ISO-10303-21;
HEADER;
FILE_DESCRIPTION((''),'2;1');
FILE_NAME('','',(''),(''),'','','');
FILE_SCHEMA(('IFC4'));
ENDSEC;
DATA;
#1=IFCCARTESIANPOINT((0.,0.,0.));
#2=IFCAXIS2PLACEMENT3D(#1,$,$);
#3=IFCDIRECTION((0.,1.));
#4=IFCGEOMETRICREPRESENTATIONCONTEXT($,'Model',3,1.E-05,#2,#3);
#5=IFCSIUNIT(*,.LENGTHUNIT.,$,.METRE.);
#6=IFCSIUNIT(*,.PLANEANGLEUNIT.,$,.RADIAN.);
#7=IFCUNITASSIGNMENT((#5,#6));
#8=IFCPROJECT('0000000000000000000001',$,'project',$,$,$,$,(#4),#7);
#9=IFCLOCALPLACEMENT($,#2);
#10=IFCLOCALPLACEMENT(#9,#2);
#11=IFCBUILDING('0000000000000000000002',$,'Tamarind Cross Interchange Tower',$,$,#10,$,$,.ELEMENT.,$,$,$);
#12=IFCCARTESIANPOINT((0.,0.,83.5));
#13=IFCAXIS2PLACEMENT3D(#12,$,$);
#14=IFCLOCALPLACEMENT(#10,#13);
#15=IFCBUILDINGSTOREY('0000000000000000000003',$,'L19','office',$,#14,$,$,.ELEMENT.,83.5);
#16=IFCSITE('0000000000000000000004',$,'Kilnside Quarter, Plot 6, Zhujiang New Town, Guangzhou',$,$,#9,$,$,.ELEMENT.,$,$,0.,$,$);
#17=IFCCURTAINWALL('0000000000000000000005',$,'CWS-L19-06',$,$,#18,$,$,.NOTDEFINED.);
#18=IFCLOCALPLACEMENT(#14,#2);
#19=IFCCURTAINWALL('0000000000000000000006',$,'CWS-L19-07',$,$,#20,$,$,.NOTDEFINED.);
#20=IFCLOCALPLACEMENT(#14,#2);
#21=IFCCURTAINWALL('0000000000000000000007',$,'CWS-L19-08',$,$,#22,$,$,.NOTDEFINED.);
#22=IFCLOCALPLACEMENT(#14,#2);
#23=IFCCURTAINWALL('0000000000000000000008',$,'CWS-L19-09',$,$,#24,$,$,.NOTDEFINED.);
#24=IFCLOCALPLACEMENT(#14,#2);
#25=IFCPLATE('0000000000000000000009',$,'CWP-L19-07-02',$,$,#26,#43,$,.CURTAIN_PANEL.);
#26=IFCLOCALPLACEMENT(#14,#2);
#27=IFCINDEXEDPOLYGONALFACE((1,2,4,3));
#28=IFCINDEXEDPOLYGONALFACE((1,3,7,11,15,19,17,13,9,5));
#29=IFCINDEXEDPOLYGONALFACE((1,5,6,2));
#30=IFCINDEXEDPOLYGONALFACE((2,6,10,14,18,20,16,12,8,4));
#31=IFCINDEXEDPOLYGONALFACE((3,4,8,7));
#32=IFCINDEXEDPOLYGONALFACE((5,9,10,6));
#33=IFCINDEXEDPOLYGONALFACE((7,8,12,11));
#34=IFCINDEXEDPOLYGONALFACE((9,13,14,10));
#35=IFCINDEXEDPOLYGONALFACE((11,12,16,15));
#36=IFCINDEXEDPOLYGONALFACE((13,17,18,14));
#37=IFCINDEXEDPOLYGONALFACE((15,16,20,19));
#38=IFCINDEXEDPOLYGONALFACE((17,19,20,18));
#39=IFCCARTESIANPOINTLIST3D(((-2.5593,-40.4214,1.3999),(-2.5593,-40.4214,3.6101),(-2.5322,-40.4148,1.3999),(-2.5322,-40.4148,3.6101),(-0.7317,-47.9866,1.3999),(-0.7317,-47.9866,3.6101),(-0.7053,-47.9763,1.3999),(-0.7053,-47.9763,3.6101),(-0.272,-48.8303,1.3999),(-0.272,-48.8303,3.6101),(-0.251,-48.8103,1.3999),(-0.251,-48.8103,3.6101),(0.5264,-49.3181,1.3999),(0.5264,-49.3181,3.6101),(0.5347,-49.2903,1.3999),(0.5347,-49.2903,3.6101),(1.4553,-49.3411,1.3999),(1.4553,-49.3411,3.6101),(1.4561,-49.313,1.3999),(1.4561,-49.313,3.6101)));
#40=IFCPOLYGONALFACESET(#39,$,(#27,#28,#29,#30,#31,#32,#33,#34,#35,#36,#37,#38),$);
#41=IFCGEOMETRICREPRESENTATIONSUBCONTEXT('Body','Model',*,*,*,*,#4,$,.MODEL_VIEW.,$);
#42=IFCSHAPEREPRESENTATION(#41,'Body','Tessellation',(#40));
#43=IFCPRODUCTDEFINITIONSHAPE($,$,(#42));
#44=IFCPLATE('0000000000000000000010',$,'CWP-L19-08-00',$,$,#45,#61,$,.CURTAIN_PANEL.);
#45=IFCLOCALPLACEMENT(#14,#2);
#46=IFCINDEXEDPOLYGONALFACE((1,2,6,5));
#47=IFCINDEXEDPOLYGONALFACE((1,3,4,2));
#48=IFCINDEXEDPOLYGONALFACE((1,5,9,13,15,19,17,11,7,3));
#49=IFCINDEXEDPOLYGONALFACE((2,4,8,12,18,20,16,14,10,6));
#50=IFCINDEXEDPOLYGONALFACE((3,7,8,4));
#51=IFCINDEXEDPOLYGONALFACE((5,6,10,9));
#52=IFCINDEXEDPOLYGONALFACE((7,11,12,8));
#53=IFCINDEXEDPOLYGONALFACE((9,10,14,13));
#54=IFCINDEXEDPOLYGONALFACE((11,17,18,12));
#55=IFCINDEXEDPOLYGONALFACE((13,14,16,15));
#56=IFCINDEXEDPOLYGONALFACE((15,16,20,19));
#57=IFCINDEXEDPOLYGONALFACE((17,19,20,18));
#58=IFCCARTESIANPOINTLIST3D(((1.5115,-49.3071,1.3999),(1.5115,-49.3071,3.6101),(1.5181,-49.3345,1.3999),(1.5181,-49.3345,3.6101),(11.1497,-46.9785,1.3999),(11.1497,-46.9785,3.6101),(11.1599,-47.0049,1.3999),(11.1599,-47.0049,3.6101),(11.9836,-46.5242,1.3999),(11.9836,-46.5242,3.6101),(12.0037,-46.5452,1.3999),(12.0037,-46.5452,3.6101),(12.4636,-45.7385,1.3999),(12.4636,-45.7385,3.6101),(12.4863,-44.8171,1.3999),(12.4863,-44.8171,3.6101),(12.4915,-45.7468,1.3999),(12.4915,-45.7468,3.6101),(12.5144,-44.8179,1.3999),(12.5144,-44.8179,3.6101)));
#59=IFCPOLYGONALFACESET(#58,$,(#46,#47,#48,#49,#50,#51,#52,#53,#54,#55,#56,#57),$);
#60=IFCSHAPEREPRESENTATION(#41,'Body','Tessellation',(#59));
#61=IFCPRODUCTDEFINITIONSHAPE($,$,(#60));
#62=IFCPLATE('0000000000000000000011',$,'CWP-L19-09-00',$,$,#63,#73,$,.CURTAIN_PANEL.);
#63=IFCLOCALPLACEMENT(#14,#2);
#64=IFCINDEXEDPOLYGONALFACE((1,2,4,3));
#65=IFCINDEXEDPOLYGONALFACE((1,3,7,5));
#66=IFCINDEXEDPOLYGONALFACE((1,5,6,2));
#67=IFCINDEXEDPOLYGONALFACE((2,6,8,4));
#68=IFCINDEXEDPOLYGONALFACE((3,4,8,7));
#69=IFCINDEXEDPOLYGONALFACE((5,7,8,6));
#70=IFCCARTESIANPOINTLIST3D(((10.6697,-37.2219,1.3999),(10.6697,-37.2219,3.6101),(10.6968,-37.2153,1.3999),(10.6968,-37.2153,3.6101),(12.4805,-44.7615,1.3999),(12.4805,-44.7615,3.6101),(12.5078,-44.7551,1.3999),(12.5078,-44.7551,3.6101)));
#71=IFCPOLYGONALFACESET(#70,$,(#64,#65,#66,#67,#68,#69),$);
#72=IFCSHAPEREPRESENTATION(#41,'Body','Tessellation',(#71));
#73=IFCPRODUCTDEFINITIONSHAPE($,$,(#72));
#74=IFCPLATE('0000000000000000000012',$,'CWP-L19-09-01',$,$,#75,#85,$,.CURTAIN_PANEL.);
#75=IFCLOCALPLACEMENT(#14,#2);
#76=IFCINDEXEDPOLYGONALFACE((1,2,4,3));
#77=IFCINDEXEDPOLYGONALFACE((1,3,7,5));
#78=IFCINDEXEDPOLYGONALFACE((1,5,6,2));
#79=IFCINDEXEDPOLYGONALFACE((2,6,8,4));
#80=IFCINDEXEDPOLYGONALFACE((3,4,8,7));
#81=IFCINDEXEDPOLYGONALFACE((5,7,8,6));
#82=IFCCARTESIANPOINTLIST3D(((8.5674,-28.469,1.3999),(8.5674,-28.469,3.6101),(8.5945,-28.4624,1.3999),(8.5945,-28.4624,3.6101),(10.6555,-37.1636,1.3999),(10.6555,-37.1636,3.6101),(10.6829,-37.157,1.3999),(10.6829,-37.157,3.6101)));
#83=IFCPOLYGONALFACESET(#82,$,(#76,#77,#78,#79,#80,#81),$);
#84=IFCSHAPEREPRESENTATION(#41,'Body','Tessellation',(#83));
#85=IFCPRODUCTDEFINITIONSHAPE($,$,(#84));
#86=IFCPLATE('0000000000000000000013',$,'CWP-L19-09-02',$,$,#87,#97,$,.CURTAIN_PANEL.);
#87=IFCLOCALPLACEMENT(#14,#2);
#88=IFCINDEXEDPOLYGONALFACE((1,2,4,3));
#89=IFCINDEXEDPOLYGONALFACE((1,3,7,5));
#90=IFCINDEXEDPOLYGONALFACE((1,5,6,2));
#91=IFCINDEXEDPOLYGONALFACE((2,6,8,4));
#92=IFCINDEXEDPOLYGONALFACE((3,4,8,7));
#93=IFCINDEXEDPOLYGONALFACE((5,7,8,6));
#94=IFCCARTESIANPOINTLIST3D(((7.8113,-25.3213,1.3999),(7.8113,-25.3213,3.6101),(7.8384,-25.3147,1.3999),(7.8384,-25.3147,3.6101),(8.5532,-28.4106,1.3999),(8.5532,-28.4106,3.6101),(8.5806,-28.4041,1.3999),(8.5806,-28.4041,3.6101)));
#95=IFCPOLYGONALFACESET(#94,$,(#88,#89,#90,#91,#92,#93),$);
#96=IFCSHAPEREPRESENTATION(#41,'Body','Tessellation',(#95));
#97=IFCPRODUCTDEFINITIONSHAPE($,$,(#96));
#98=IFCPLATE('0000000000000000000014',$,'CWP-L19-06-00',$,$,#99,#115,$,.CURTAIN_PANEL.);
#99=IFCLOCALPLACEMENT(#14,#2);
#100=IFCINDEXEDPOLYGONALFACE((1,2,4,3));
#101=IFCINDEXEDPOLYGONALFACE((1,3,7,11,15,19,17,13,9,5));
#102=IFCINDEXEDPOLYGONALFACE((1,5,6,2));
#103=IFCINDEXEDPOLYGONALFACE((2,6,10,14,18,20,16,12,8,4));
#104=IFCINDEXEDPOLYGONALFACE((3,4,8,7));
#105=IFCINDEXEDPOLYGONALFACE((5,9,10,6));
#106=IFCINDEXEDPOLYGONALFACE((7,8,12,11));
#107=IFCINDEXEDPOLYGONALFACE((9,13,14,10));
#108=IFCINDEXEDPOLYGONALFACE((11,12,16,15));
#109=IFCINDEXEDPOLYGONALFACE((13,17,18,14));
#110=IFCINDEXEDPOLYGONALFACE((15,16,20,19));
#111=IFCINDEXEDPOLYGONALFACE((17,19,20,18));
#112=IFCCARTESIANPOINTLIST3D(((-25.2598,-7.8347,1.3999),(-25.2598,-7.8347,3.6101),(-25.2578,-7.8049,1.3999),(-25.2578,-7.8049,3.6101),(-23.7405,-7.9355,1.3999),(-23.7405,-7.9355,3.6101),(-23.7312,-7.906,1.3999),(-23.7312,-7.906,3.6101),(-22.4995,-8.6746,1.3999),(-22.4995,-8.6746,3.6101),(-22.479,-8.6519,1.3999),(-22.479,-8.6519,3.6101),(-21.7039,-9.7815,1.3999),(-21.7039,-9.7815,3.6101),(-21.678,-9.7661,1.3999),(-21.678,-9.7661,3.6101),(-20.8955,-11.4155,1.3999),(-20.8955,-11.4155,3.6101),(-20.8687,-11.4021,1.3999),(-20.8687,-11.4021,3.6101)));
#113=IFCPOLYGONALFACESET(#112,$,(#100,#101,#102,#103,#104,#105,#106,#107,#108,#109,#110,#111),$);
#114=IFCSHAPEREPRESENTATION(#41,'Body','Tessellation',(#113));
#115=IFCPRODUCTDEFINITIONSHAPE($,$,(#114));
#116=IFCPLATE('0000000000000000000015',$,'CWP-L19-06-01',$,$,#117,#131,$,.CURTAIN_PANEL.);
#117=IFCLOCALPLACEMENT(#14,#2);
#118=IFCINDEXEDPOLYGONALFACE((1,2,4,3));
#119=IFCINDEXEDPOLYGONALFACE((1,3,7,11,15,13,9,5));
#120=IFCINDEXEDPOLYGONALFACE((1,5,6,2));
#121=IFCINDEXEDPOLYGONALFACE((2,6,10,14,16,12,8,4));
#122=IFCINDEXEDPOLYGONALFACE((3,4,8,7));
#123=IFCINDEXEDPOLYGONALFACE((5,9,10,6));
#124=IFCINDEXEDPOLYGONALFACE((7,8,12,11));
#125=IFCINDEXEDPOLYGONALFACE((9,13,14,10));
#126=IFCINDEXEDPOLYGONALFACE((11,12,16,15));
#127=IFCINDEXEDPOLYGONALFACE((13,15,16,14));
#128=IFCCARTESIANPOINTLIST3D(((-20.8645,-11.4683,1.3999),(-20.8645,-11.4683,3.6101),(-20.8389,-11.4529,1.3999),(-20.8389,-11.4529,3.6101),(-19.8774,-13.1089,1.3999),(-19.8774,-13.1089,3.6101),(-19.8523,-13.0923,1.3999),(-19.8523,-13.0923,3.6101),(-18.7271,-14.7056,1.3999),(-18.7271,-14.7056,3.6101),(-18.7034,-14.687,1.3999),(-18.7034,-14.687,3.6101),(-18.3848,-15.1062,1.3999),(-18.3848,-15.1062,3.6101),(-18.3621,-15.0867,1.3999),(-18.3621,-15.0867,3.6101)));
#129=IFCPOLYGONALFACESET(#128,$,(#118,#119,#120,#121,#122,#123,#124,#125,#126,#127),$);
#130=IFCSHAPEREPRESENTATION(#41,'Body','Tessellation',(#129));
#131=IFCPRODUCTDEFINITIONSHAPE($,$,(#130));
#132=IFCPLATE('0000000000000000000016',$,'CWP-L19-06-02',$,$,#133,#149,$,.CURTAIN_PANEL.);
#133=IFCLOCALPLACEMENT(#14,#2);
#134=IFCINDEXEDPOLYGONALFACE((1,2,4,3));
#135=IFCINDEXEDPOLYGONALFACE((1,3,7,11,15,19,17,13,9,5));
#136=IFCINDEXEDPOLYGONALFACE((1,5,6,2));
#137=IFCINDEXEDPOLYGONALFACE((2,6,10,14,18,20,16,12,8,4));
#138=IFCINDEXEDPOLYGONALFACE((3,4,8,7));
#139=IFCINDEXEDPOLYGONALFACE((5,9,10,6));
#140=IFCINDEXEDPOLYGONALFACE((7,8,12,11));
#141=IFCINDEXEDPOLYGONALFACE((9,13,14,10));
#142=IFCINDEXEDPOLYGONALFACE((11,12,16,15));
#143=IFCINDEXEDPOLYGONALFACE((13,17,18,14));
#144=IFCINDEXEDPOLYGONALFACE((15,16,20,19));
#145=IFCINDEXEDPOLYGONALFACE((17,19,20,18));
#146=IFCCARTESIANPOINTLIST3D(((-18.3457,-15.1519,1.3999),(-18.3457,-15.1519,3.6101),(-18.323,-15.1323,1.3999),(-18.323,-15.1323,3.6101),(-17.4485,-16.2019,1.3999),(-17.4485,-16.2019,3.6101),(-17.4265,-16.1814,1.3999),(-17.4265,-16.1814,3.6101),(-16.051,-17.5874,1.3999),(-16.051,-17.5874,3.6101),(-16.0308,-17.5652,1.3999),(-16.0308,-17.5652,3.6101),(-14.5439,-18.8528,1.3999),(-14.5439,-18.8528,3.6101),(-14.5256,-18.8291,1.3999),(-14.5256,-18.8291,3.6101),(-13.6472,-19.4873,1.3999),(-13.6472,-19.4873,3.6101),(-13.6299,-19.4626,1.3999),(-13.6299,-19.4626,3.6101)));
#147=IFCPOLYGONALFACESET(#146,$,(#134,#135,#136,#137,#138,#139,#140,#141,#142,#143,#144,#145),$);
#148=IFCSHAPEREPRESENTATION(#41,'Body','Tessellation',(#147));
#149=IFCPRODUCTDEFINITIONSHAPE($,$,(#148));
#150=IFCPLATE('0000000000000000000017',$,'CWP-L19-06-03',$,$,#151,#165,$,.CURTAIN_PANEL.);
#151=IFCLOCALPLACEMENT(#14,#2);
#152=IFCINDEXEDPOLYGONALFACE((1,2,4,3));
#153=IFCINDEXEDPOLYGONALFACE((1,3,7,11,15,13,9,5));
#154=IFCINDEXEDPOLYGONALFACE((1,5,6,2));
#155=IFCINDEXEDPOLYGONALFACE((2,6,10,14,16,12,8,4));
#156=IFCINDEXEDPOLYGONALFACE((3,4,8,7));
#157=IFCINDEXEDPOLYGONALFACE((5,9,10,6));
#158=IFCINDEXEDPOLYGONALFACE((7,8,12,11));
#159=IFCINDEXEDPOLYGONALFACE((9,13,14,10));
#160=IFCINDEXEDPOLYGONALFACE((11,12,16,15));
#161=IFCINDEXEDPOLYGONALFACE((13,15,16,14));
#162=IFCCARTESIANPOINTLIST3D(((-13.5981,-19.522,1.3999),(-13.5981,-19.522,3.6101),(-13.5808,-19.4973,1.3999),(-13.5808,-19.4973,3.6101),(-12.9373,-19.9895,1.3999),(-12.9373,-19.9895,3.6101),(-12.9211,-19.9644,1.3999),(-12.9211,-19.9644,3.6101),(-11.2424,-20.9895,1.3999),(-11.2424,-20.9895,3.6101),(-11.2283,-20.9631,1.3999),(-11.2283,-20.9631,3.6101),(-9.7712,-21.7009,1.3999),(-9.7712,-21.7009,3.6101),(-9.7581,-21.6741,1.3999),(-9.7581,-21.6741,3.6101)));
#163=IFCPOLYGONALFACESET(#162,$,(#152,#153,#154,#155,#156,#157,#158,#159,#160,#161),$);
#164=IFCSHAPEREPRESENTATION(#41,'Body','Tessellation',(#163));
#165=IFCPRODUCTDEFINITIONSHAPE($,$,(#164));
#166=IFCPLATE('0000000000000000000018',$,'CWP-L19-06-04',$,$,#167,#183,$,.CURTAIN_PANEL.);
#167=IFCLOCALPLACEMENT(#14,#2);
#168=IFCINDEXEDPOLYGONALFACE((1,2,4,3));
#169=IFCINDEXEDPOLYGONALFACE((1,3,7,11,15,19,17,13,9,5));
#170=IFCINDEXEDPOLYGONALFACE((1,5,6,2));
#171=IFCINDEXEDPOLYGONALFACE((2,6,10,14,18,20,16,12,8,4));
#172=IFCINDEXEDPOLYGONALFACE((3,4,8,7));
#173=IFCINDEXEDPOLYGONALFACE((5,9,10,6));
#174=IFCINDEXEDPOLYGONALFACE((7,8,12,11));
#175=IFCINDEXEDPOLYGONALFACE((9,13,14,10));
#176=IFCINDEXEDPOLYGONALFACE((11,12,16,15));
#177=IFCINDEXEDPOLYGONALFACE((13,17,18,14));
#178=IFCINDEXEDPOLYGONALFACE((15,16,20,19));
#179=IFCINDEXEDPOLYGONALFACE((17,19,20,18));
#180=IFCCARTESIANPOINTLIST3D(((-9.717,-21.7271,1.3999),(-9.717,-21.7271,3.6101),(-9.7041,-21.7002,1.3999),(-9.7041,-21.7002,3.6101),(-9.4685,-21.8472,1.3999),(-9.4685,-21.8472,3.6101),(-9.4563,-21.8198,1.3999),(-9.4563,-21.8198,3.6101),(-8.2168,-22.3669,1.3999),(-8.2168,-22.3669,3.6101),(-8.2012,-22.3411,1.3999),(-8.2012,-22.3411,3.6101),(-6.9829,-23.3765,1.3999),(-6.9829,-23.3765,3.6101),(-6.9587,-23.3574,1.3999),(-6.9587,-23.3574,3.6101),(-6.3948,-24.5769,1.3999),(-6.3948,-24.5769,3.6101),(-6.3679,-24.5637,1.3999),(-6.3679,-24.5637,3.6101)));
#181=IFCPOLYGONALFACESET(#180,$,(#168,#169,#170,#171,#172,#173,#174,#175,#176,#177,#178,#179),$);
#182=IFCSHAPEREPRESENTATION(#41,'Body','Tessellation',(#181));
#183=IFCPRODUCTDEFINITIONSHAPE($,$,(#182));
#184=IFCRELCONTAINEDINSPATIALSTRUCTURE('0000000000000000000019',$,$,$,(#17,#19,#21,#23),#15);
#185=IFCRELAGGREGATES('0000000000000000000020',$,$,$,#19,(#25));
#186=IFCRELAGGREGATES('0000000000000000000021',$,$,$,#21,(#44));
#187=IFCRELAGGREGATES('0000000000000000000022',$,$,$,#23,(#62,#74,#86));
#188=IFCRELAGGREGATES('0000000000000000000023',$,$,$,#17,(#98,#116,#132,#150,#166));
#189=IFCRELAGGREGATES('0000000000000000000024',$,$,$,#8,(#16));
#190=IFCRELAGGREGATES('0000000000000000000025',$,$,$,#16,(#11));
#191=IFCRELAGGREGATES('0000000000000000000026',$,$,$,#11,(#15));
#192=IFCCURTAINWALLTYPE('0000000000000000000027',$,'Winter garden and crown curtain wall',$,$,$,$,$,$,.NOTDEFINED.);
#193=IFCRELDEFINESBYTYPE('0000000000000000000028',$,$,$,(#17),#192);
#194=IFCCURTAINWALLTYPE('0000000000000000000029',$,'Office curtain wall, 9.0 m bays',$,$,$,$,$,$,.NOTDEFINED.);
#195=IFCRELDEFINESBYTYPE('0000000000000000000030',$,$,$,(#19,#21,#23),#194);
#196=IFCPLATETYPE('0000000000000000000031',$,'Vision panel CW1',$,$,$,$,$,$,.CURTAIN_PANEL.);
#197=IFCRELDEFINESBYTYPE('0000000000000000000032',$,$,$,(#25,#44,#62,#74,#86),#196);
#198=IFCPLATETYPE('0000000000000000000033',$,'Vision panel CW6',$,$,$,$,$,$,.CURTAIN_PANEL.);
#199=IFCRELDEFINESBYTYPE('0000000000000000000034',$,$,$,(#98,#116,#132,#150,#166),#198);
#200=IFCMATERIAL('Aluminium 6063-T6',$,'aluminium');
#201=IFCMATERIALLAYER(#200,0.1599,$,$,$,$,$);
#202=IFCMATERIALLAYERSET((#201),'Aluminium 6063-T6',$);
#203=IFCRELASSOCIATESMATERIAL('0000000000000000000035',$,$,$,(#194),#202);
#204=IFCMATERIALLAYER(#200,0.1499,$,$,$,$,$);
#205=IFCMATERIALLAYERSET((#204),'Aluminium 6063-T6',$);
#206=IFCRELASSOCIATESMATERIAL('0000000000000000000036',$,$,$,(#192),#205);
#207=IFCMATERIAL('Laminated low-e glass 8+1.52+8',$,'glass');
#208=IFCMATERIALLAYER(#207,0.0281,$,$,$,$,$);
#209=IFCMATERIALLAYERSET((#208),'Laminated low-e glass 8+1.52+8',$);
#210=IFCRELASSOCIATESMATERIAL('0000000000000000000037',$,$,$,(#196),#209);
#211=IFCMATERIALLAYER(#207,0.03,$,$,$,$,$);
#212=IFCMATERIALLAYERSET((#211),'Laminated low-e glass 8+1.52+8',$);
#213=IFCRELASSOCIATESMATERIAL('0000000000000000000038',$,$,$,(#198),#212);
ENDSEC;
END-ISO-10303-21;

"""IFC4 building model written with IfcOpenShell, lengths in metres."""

from ifc_helpers import new_model, si_unit, direction, frame, origin, place, context, subcontext, project, spatial, polyline, outline, extrude, material, layer, layer_set, type_object, element, aggregate, save


model = new_model("IFC4")

# Units and contexts
model_context = context("Model", 3, precision=1e-05, world=origin(), true_north=direction((0.0, 1.0)))
body_context = subcontext(model_context, "Body", "Model", "MODEL_VIEW")
ifc_project = project(units=[si_unit("LENGTHUNIT", "METRE"), si_unit("PLANEANGLEUNIT", "RADIAN")], contexts=[model_context])

# Site, building, storey
site_placement = place(None, origin())
site = spatial("IfcSite", under=ifc_project, at=site_placement, Name="Kilnside Quarter, Plot 6, Zhujiang New Town, Guangzhou", CompositionType="ELEMENT", RefElevation=0.0)
building_placement = place(site_placement, origin())
building = spatial("IfcBuilding", under=site, at=building_placement, Name="Tamarind Cross Interchange Tower", CompositionType="ELEMENT")
storey_placement = place(building_placement, frame((0.0, 0.0, 83.5)))
storey = spatial("IfcBuildingStorey", under=building, at=storey_placement, Name="L19", Description="office", CompositionType="ELEMENT", Elevation=83.5)

# Curtain walls
ifc_material_1 = material(Name="Aluminium 6063-T6", Category="aluminium")
ifc_layer_1 = layer(ifc_material_1, 0.1599)
ifc_layer_set_1 = layer_set([ifc_layer_1], Name="Aluminium 6063-T6")
curtain_wall_type_1 = type_object("IfcCurtainWallType", Name="Office curtain wall, 9.0 m bays", PredefinedType="NOTDEFINED", material=ifc_layer_set_1)
ifc_layer_2 = layer(ifc_material_1, 0.1499)
ifc_layer_set_2 = layer_set([ifc_layer_2], Name="Aluminium 6063-T6")
curtain_wall_type_2 = type_object("IfcCurtainWallType", Name="Winter garden and crown curtain wall", PredefinedType="NOTDEFINED", material=ifc_layer_set_2)
curtain_wall_1_placement = place(storey_placement, origin())
curtain_wall_1 = element("IfcCurtainWall", 1, at=curtain_wall_1_placement, inside=storey, type_object=curtain_wall_type_2, Name="CWS-L19-06", PredefinedType="NOTDEFINED")
curtain_wall_2_placement = place(storey_placement, origin())
curtain_wall_2 = element("IfcCurtainWall", 2, at=curtain_wall_2_placement, inside=storey, type_object=curtain_wall_type_1, Name="CWS-L19-07", PredefinedType="NOTDEFINED")
curtain_wall_3_placement = place(storey_placement, origin())
curtain_wall_3 = element("IfcCurtainWall", 3, at=curtain_wall_3_placement, inside=storey, type_object=curtain_wall_type_1, Name="CWS-L19-08", PredefinedType="NOTDEFINED")
curtain_wall_4_placement = place(storey_placement, origin())
curtain_wall_4 = element("IfcCurtainWall", 4, at=curtain_wall_4_placement, inside=storey, type_object=curtain_wall_type_1, Name="CWS-L19-09", PredefinedType="NOTDEFINED")

# Plates
ifc_material_2 = material(Name="Laminated low-e glass 8+1.52+8", Category="glass")
ifc_layer_3 = layer(ifc_material_2, 0.0281)
ifc_layer_set_3 = layer_set([ifc_layer_3], Name="Laminated low-e glass 8+1.52+8")
plate_type_1 = type_object("IfcPlateType", Name="Vision panel CW1", PredefinedType="CURTAIN_PANEL", material=ifc_layer_set_3)
plate_1_placement = place(storey_placement, frame((0.0, 0.0, 1.3999)))
plate_1 = element("IfcPlate", 5, at=plate_1_placement, type_object=plate_type_1, Name="CWP-L19-07-02", PredefinedType="CURTAIN_PANEL", context=body_context, shape_type="SweptSolid", body=[
    extrude(outline(polyline([(-2.5322, -40.4148), (-0.7053, -47.9763), (-0.251, -48.8103), (0.5347, -49.2903), (1.4561, -49.313), (1.4553, -49.3411), (0.5264, -49.3181), (-0.272, -48.8303), (-0.7317, -47.9866), (-2.5593, -40.4214), (-2.5322, -40.4148)])), origin(), (0.0, 0.0, 1.0), 2.2102),
])
aggregate(curtain_wall_2, [plate_1])
plate_2_placement = place(storey_placement, frame((0.0, 0.0, 1.3999)))
plate_2 = element("IfcPlate", 6, at=plate_2_placement, type_object=plate_type_1, Name="CWP-L19-08-00", PredefinedType="CURTAIN_PANEL", context=body_context, shape_type="SweptSolid", body=[
    extrude(outline(polyline([(1.5115, -49.3071), (11.1497, -46.9785), (11.9836, -46.5242), (12.4636, -45.7385), (12.4863, -44.8171), (12.5144, -44.8179), (12.4915, -45.7468), (12.0037, -46.5452), (11.1599, -47.0049), (1.5181, -49.3345), (1.5115, -49.3071)])), origin(), (0.0, 0.0, 1.0), 2.2102),
])
aggregate(curtain_wall_3, [plate_2])
plate_3_placement = place(storey_placement, frame((0.0, 0.0, 1.3999)))
plate_3 = element("IfcPlate", 7, at=plate_3_placement, type_object=plate_type_1, Name="CWP-L19-09-00", PredefinedType="CURTAIN_PANEL", context=body_context, shape_type="SweptSolid", body=[
    extrude(outline(polyline([(12.4805, -44.7615), (10.6697, -37.2219), (10.6968, -37.2153), (12.5078, -44.7551), (12.4805, -44.7615)])), origin(), (0.0, 0.0, 1.0), 2.2102),
])
plate_4_placement = place(storey_placement, frame((0.0, 0.0, 1.3999)))
plate_4 = element("IfcPlate", 8, at=plate_4_placement, type_object=plate_type_1, Name="CWP-L19-09-01", PredefinedType="CURTAIN_PANEL", context=body_context, shape_type="SweptSolid", body=[
    extrude(outline(polyline([(10.6555, -37.1636), (8.5674, -28.469), (8.5945, -28.4624), (10.6829, -37.157), (10.6555, -37.1636)])), origin(), (0.0, 0.0, 1.0), 2.2102),
])
plate_5_placement = place(storey_placement, frame((0.0, 0.0, 1.3999)))
plate_5 = element("IfcPlate", 9, at=plate_5_placement, type_object=plate_type_1, Name="CWP-L19-09-02", PredefinedType="CURTAIN_PANEL", context=body_context, shape_type="SweptSolid", body=[
    extrude(outline(polyline([(8.5532, -28.4106), (7.8113, -25.3213), (7.8384, -25.3147), (8.5806, -28.4041), (8.5532, -28.4106)])), origin(), (0.0, 0.0, 1.0), 2.2102),
])
aggregate(curtain_wall_4, [plate_3, plate_4, plate_5])
ifc_layer_4 = layer(ifc_material_2, 0.03)
ifc_layer_set_4 = layer_set([ifc_layer_4], Name="Laminated low-e glass 8+1.52+8")
plate_type_2 = type_object("IfcPlateType", Name="Vision panel CW6", PredefinedType="CURTAIN_PANEL", material=ifc_layer_set_4)
plate_6_placement = place(storey_placement, frame((0.0, 0.0, 1.3999)))
plate_6 = element("IfcPlate", 10, at=plate_6_placement, type_object=plate_type_2, Name="CWP-L19-06-00", PredefinedType="CURTAIN_PANEL", context=body_context, shape_type="SweptSolid", body=[
    extrude(outline(polyline([(-25.2578, -7.8049), (-23.7312, -7.906), (-22.479, -8.6519), (-21.678, -9.7661), (-20.8687, -11.4021), (-20.8955, -11.4155), (-21.7039, -9.7815), (-22.4995, -8.6746), (-23.7405, -7.9355), (-25.2598, -7.8347), (-25.2578, -7.8049)])), origin(), (0.0, 0.0, 1.0), 2.2102),
])
plate_7_placement = place(storey_placement, frame((0.0, 0.0, 1.3999)))
plate_7 = element("IfcPlate", 11, at=plate_7_placement, type_object=plate_type_2, Name="CWP-L19-06-01", PredefinedType="CURTAIN_PANEL", context=body_context, shape_type="SweptSolid", body=[
    extrude(outline(polyline([(-20.8389, -11.4529), (-19.8523, -13.0923), (-18.7034, -14.687), (-18.3621, -15.0867), (-18.3848, -15.1062), (-18.7271, -14.7056), (-19.8774, -13.1089), (-20.8645, -11.4683), (-20.8389, -11.4529)])), origin(), (0.0, 0.0, 1.0), 2.2102),
])
plate_8_placement = place(storey_placement, frame((0.0, 0.0, 1.3999)))
plate_8 = element("IfcPlate", 12, at=plate_8_placement, type_object=plate_type_2, Name="CWP-L19-06-02", PredefinedType="CURTAIN_PANEL", context=body_context, shape_type="SweptSolid", body=[
    extrude(outline(polyline([(-18.323, -15.1323), (-17.4265, -16.1814), (-16.0308, -17.5652), (-14.5256, -18.8291), (-13.6299, -19.4626), (-13.6472, -19.4873), (-14.5439, -18.8528), (-16.051, -17.5874), (-17.4485, -16.2019), (-18.3457, -15.1519), (-18.323, -15.1323)])), origin(), (0.0, 0.0, 1.0), 2.2102),
])
plate_9_placement = place(storey_placement, frame((0.0, 0.0, 1.3999)))
plate_9 = element("IfcPlate", 13, at=plate_9_placement, type_object=plate_type_2, Name="CWP-L19-06-03", PredefinedType="CURTAIN_PANEL", context=body_context, shape_type="SweptSolid", body=[
    extrude(outline(polyline([(-13.5808, -19.4973), (-12.9211, -19.9644), (-11.2283, -20.9631), (-9.7581, -21.6741), (-9.7712, -21.7009), (-11.2424, -20.9895), (-12.9373, -19.9895), (-13.5981, -19.522), (-13.5808, -19.4973)])), origin(), (0.0, 0.0, 1.0), 2.2102),
])
plate_10_placement = place(storey_placement, frame((0.0, 0.0, 1.3999)))
plate_10 = element("IfcPlate", 14, at=plate_10_placement, type_object=plate_type_2, Name="CWP-L19-06-04", PredefinedType="CURTAIN_PANEL", context=body_context, shape_type="SweptSolid", body=[
    extrude(outline(polyline([(-9.7041, -21.7002), (-9.4563, -21.8198), (-8.2012, -22.3411), (-6.9587, -23.3574), (-6.3679, -24.5637), (-6.3948, -24.5769), (-6.9829, -23.3765), (-8.2168, -22.3669), (-9.4685, -21.8472), (-9.717, -21.7271), (-9.7041, -21.7002)])), origin(), (0.0, 0.0, 1.0), 2.2102),
])
aggregate(curtain_wall_1, [plate_6, plate_7, plate_8, plate_9, plate_10])

save(model, "model.ifc")
